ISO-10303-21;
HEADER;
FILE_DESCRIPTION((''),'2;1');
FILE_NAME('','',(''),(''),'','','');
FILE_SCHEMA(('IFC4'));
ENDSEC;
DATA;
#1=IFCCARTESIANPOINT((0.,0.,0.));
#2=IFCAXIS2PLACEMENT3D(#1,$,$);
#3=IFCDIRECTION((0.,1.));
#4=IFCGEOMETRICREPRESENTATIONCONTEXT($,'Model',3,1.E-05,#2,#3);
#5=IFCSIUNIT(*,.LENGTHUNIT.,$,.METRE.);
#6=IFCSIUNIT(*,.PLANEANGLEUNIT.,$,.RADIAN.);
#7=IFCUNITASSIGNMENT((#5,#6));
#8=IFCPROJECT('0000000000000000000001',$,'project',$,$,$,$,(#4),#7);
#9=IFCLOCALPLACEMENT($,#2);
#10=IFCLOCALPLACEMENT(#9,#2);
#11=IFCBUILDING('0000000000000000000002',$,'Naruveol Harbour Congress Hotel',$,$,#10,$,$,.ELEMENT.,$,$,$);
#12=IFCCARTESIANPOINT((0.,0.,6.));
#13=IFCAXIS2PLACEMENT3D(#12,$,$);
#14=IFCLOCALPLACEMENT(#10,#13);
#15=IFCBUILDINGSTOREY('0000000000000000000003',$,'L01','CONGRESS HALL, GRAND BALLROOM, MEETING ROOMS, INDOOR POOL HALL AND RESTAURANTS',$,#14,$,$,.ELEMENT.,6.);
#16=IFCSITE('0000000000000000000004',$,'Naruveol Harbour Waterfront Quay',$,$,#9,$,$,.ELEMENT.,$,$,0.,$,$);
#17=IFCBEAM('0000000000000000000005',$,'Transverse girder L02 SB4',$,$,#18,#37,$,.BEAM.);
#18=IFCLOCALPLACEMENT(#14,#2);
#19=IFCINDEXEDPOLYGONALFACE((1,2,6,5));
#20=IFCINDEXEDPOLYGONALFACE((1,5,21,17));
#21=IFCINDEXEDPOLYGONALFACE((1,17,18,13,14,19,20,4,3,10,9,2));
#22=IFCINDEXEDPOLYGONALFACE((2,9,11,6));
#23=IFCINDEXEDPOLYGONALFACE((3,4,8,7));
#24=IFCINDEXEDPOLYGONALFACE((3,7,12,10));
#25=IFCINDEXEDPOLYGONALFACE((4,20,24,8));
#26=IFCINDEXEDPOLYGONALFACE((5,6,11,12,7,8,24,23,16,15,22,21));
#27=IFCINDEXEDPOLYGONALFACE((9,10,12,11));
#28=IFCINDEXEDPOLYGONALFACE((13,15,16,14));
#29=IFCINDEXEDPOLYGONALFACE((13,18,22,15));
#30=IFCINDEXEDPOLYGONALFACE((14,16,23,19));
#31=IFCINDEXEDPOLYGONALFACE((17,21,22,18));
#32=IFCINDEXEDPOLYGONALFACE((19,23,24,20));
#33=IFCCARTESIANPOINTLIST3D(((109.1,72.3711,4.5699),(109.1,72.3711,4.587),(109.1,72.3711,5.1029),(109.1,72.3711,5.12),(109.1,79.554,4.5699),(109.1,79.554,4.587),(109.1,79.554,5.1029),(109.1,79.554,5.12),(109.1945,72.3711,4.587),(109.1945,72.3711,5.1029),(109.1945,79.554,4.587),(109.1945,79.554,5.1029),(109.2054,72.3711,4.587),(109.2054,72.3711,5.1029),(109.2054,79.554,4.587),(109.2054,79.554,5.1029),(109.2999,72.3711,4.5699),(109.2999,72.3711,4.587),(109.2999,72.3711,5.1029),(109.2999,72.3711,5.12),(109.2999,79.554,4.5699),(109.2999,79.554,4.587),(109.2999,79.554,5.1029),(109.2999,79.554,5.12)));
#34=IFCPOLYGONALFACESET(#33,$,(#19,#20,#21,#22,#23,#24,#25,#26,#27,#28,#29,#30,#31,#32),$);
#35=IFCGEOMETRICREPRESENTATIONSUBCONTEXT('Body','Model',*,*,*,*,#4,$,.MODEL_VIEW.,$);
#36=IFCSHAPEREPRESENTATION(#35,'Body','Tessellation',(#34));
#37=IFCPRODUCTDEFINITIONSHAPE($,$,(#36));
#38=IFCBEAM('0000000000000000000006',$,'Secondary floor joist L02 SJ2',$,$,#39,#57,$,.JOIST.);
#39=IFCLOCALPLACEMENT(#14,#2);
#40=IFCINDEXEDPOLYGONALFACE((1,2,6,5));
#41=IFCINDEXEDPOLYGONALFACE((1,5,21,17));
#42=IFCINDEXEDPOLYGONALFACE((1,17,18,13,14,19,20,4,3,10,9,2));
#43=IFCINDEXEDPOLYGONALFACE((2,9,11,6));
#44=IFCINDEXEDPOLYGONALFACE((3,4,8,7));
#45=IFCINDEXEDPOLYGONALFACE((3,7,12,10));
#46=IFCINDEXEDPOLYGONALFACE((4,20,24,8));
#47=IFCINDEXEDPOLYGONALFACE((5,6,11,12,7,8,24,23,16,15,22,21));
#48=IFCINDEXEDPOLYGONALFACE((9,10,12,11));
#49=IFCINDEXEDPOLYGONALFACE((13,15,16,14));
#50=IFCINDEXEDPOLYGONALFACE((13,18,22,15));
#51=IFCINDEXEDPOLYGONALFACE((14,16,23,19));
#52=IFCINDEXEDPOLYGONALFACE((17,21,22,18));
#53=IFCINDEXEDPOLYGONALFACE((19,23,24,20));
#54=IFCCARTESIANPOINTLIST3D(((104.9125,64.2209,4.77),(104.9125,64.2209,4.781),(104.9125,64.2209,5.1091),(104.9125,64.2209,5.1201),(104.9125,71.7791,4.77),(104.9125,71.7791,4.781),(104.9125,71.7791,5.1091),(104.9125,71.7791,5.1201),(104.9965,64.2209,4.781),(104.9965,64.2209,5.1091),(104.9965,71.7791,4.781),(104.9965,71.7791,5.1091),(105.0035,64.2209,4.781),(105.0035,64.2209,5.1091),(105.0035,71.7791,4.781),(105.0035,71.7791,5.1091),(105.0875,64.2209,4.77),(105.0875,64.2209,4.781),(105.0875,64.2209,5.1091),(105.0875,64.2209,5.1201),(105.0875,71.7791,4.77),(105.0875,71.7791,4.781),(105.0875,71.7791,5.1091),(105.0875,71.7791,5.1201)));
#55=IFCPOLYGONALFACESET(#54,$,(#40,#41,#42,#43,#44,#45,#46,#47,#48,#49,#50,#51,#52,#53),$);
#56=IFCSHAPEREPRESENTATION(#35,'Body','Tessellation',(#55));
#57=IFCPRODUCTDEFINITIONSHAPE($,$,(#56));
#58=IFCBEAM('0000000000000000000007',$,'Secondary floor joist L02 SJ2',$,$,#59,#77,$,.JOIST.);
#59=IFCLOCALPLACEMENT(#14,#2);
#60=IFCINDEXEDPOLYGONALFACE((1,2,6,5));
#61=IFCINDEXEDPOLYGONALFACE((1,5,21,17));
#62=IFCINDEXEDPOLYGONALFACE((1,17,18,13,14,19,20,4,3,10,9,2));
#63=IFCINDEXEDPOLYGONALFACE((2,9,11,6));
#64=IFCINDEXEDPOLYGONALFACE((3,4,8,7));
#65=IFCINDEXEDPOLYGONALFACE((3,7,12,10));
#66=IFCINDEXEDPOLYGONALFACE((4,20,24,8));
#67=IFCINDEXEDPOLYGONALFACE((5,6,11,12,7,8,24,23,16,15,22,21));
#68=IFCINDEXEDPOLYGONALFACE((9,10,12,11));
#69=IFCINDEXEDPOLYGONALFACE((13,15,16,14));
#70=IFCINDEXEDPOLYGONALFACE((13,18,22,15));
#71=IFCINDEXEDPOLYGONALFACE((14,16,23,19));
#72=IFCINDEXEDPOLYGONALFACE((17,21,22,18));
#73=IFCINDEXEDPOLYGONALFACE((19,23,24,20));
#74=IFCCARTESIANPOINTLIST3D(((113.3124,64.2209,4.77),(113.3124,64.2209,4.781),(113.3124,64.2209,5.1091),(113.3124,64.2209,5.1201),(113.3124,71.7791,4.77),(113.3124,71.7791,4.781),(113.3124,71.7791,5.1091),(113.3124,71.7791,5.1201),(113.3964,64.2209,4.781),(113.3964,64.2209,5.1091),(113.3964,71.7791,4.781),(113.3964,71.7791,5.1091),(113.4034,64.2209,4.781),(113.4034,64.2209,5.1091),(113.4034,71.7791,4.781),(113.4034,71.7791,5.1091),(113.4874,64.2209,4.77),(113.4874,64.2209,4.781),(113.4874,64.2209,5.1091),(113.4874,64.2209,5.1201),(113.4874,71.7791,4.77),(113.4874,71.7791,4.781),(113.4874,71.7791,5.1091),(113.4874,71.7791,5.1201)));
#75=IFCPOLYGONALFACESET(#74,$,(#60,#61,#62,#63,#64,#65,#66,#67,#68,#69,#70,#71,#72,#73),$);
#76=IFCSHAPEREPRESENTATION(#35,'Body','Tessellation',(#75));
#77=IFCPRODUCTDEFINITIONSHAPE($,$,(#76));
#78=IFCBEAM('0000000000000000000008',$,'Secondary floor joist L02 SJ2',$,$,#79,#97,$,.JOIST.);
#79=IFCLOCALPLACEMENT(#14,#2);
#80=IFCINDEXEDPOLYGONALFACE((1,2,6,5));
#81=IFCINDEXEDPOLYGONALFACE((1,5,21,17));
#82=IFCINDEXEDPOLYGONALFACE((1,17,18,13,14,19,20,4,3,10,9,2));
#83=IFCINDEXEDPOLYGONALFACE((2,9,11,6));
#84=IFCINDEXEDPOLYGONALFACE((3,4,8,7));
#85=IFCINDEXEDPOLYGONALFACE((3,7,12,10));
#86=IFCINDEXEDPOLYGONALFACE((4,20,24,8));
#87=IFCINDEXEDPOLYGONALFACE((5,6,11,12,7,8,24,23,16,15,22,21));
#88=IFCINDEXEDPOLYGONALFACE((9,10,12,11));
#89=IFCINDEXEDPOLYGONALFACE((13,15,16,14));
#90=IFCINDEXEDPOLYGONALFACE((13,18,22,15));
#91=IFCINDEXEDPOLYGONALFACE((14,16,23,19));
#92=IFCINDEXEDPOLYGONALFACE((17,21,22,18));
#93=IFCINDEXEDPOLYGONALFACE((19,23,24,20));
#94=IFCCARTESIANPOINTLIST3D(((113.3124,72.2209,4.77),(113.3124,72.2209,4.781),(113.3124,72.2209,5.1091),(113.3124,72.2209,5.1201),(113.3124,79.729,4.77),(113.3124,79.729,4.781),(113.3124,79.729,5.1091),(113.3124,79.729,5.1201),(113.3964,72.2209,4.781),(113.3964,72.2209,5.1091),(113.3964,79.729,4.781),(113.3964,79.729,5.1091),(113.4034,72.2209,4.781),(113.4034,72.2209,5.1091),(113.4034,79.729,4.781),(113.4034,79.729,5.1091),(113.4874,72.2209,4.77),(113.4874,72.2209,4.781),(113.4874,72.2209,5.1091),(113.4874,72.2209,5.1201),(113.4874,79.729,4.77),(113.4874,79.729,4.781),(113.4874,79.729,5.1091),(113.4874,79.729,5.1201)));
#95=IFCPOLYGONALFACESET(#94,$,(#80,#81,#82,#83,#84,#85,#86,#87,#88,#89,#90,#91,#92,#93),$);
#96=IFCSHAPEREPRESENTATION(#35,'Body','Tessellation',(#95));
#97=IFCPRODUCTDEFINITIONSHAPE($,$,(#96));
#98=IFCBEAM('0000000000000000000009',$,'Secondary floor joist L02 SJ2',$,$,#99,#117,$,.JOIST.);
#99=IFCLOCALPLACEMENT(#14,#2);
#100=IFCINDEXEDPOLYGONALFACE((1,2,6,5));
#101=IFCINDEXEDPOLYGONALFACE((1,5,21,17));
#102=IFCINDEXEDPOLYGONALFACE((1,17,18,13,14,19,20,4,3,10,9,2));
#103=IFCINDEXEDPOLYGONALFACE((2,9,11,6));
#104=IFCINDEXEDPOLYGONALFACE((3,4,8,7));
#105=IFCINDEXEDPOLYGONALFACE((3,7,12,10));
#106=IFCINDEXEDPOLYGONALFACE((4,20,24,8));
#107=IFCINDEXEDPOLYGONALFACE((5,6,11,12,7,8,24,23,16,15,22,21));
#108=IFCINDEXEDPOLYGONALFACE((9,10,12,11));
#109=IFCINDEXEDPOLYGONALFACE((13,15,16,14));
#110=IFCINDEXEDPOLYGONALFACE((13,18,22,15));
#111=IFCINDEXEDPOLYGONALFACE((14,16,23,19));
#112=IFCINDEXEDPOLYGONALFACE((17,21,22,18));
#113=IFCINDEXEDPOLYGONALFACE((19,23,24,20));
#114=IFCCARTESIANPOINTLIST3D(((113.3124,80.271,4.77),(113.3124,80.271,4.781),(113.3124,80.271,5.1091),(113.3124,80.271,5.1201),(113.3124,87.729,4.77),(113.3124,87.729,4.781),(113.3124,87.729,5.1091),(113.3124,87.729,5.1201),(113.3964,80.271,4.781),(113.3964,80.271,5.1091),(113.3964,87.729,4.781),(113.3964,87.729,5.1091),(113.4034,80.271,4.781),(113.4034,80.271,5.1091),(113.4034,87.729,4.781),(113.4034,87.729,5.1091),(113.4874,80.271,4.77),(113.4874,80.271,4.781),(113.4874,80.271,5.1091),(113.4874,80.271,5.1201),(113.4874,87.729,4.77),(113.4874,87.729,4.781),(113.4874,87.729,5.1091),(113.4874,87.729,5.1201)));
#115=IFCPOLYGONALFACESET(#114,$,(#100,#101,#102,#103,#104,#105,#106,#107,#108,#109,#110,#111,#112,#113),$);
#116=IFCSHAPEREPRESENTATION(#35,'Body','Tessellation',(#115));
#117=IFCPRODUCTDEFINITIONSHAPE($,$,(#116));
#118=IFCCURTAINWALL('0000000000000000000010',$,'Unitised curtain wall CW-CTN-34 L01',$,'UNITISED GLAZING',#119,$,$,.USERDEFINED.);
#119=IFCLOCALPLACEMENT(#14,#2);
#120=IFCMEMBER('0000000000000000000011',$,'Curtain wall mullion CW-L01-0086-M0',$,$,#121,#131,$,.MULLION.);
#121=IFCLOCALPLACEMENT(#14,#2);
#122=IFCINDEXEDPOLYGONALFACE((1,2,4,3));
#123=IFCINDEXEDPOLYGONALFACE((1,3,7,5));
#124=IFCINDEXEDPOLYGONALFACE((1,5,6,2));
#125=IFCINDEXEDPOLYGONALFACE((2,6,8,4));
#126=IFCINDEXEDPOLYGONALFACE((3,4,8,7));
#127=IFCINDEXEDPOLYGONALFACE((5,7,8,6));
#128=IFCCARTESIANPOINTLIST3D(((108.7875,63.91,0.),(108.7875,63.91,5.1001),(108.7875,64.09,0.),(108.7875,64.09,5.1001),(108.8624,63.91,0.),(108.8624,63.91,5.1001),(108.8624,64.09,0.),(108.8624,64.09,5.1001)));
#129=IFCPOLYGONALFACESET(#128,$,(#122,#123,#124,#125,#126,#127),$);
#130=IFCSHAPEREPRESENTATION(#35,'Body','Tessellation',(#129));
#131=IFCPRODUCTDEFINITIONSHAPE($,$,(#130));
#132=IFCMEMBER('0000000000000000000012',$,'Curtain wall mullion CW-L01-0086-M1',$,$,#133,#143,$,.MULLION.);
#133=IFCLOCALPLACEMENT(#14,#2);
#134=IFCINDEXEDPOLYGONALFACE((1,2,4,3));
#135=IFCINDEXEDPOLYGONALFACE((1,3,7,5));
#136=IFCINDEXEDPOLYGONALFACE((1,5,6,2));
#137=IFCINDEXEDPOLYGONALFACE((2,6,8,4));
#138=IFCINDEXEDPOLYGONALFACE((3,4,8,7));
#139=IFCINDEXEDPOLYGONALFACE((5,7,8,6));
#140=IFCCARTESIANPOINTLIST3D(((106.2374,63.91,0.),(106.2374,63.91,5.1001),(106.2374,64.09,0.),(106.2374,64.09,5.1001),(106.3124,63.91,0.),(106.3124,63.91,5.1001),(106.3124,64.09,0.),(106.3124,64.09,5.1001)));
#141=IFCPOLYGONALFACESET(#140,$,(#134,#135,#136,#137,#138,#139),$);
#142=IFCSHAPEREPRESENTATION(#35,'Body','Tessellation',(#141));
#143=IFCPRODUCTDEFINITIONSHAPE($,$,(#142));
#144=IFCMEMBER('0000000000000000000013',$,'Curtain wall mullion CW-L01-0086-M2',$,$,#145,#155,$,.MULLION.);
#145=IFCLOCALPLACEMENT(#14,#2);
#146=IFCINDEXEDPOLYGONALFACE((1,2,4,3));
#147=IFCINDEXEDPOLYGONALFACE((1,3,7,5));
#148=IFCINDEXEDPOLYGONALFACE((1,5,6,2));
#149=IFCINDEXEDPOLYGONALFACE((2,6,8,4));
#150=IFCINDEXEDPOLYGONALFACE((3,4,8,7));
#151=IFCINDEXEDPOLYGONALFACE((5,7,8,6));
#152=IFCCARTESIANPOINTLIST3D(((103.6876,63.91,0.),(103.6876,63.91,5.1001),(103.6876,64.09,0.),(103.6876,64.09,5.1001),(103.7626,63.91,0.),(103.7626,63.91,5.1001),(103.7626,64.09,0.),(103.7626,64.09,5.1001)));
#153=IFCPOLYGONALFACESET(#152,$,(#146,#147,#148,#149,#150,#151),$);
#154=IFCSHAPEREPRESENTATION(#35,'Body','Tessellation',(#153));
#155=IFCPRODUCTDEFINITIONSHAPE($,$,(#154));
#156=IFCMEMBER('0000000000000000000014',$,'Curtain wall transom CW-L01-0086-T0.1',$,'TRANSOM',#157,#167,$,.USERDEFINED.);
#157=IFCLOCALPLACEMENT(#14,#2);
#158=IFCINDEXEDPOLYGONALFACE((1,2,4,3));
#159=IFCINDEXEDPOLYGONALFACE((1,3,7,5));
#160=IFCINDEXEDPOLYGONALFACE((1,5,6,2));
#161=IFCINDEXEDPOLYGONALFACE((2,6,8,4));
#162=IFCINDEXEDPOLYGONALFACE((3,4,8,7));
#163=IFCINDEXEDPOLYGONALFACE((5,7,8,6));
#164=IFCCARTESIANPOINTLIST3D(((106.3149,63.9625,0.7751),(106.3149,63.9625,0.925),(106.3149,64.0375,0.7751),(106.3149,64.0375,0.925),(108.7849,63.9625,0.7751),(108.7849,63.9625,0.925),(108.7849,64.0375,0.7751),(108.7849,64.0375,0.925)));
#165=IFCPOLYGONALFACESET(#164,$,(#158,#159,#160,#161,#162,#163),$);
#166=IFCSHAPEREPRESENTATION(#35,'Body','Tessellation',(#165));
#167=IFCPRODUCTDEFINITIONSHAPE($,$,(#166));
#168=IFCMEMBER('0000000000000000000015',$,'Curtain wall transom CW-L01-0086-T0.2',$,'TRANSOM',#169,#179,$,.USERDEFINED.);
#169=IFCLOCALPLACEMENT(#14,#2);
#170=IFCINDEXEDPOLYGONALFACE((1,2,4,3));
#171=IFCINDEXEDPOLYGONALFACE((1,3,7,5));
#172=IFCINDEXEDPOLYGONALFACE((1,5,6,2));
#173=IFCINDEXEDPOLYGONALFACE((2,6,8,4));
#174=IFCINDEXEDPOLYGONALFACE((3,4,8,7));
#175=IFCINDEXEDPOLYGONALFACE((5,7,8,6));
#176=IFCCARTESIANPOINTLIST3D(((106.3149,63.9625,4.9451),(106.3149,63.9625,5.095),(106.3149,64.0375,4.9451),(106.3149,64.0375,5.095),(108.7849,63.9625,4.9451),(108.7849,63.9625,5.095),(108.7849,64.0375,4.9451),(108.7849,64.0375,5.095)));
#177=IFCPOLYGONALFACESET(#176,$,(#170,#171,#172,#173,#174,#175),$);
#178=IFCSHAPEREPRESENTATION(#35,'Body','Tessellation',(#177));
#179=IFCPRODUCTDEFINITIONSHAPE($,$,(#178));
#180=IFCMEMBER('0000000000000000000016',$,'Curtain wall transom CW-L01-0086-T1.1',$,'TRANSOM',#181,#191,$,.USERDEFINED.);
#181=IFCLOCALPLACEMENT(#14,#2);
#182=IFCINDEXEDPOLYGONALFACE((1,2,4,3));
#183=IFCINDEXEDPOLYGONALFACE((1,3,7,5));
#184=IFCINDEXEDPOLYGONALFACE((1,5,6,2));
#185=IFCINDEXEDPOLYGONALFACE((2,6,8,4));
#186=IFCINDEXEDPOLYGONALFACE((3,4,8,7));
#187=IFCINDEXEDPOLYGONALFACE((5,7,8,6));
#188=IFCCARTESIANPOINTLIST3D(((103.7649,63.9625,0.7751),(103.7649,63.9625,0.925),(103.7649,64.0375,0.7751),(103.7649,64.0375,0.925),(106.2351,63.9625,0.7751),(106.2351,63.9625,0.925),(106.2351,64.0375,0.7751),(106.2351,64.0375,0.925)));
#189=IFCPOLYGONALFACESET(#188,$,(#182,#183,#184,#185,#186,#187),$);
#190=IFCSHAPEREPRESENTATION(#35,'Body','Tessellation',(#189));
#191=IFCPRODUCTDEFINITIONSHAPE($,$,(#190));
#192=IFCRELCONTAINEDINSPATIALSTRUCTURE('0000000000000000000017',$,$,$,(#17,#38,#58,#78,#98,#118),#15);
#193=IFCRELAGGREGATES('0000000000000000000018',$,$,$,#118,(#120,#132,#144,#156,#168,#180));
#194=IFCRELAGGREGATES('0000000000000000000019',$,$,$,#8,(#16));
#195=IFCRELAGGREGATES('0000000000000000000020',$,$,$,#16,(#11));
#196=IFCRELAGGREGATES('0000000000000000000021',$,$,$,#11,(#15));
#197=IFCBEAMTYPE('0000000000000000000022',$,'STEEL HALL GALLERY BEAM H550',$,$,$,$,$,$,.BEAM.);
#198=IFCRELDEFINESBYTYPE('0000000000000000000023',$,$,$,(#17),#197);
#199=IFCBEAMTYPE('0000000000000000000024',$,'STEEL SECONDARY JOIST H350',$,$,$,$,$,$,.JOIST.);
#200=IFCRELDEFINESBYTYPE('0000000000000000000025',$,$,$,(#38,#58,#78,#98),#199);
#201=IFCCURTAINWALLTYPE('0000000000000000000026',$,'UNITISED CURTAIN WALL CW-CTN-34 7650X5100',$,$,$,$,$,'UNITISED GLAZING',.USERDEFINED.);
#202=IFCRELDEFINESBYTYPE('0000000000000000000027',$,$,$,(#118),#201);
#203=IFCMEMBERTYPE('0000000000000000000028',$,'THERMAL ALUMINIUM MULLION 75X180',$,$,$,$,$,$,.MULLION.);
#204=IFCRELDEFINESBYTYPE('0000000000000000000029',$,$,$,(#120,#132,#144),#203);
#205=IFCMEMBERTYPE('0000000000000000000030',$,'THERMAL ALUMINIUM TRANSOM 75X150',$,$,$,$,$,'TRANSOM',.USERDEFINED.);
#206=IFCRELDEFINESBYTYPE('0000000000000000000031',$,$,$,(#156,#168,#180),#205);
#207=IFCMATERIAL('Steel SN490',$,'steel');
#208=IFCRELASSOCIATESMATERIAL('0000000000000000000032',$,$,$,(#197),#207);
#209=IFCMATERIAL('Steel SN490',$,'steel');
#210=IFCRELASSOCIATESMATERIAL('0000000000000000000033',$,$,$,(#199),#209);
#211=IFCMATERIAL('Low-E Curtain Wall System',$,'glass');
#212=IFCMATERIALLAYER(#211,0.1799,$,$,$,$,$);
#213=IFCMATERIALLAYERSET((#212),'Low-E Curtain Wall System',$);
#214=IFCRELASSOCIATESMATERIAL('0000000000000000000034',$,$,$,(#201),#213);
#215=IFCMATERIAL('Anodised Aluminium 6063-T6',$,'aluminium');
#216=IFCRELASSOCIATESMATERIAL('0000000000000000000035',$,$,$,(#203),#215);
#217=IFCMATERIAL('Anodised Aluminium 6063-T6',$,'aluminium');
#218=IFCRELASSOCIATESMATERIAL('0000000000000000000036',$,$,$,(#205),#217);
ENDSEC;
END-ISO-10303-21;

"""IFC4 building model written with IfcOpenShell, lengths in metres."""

from ifc_helpers import new_model, si_unit, direction, frame, origin, origin_2d, place, context, subcontext, project, spatial, rectangle, i_section, extrude, material, layer, layer_set, material_profile, profile_set, type_object, element, aggregate, save


model = new_model("IFC4")

# Units and contexts
model_context = context("Model", 3, precision=1e-05, world=origin(), true_north=direction((0.0, 1.0)))
body_context = subcontext(model_context, "Body", "Model", "MODEL_VIEW")
ifc_project = project(units=[si_unit("LENGTHUNIT", "METRE"), si_unit("PLANEANGLEUNIT", "RADIAN")], contexts=[model_context])

# Site, building, storey
site_placement = place(None, origin())
site = spatial("IfcSite", under=ifc_project, at=site_placement, Name="Naruveol Harbour Waterfront Quay", CompositionType="ELEMENT", RefElevation=0.0)
building_placement = place(site_placement, origin())
building = spatial("IfcBuilding", under=site, at=building_placement, Name="Naruveol Harbour Congress Hotel", CompositionType="ELEMENT")
storey_placement = place(building_placement, frame((0.0, 0.0, 6.0)))
storey = spatial("IfcBuildingStorey", under=building, at=storey_placement, Name="L01", Description="CONGRESS HALL, GRAND BALLROOM, MEETING ROOMS, INDOOR POOL HALL AND RESTAURANTS", CompositionType="ELEMENT", Elevation=6.0)

# Beams
ifc_material_1 = material(Name="Steel SN490", Category="steel")
ifc_material_profile_1 = material_profile(ifc_material_1, i_section(OverallWidth=0.2, OverallDepth=0.55, WebThickness=0.011, FlangeThickness=0.0171, at=origin_2d()), Name="H-550x200x11x17")
ifc_profile_set_1 = profile_set([ifc_material_profile_1], Name="Steel SN490")
beam_type_1 = type_object("IfcBeamType", Name="STEEL HALL GALLERY BEAM H550", PredefinedType="BEAM", material=ifc_profile_set_1)
beam_1_placement = place(storey_placement, frame((109.2, 72.3711, 4.845), z_axis=(0.0, 1.0, 0.0), x_axis=(-1.0, 0.0, 0.0)))
element("IfcBeam", 1, at=beam_1_placement, inside=storey, type_object=beam_type_1, Name="Transverse girder L02 SB4", PredefinedType="BEAM", context=body_context, shape_type="SweptSolid", body=[
    extrude(i_section(OverallWidth=0.2, OverallDepth=0.55, WebThickness=0.011, FlangeThickness=0.0171, at=origin_2d()), origin(), (0.0, 0.0, 1.0), 7.1829),
])
ifc_material_2 = material(Name="Steel SN490", Category="steel")
ifc_material_profile_2 = material_profile(ifc_material_2, i_section(OverallWidth=0.175, OverallDepth=0.3501, WebThickness=0.0071, FlangeThickness=0.011, at=origin_2d()), Name="H-350x175x7x11")
ifc_profile_set_2 = profile_set([ifc_material_profile_2], Name="Steel SN490")
beam_type_2 = type_object("IfcBeamType", Name="STEEL SECONDARY JOIST H350", PredefinedType="JOIST", material=ifc_profile_set_2)
for number, where, z_axis, x_axis, name in (
    (2, (105.0, 64.2209, 4.9451), (0.0, 1.0, 0.0), (-1.0, 0.0, 0.0), "Secondary floor joist L02 SJ2"),
    (3, (113.3999, 64.2209, 4.9451), (0.0, 1.0, 0.0), (-1.0, 0.0, 0.0), "Secondary floor joist L02 SJ2"),
):
    element("IfcBeam", number, at=place(storey_placement, frame(where, z_axis=z_axis, x_axis=x_axis)), inside=storey, type_object=beam_type_2, Name=name, PredefinedType="JOIST", context=body_context, shape_type="SweptSolid", body=[
        extrude(i_section(OverallWidth=0.175, OverallDepth=0.3501, WebThickness=0.0071, FlangeThickness=0.011, at=origin_2d()), origin(), (0.0, 0.0, 1.0), 7.5581),
    ])
beam_2_placement = place(storey_placement, frame((113.3999, 72.2209, 4.9451), z_axis=(0.0, 1.0, 0.0), x_axis=(-1.0, 0.0, 0.0)))
element("IfcBeam", 4, at=beam_2_placement, inside=storey, type_object=beam_type_2, Name="Secondary floor joist L02 SJ2", PredefinedType="JOIST", context=body_context, shape_type="SweptSolid", body=[
    extrude(i_section(OverallWidth=0.175, OverallDepth=0.3501, WebThickness=0.0071, FlangeThickness=0.011, at=origin_2d()), origin(), (0.0, 0.0, 1.0), 7.5081),
])
beam_3_placement = place(storey_placement, frame((113.3999, 80.271, 4.9451), z_axis=(0.0, 1.0, 0.0), x_axis=(-1.0, 0.0, 0.0)))
element("IfcBeam", 5, at=beam_3_placement, inside=storey, type_object=beam_type_2, Name="Secondary floor joist L02 SJ2", PredefinedType="JOIST", context=body_context, shape_type="SweptSolid", body=[
    extrude(i_section(OverallWidth=0.175, OverallDepth=0.3501, WebThickness=0.0071, FlangeThickness=0.011, at=origin_2d()), origin(), (0.0, 0.0, 1.0), 7.458),
])

# Curtain wall, members
ifc_material_3 = material(Name="Low-E Curtain Wall System", Category="glass")
ifc_layer_1 = layer(ifc_material_3, 0.1799)
ifc_layer_set_1 = layer_set([ifc_layer_1], Name="Low-E Curtain Wall System")
curtain_wall_type = type_object("IfcCurtainWallType", Name="UNITISED CURTAIN WALL CW-CTN-34 7650X5100", ElementType="UNITISED GLAZING", PredefinedType="USERDEFINED", material=ifc_layer_set_1)
curtain_wall_placement = place(storey_placement, origin())
curtain_wall = element("IfcCurtainWall", 6, at=curtain_wall_placement, inside=storey, type_object=curtain_wall_type, Name="Unitised curtain wall CW-CTN-34 L01", ObjectType="UNITISED GLAZING", PredefinedType="USERDEFINED")
ifc_material_4 = material(Name="Anodised Aluminium 6063-T6", Category="aluminium")
ifc_material_profile_3 = material_profile(ifc_material_4, rectangle(XDim=0.075, YDim=0.1799, at=origin_2d()), Name="ALU-75x180")
ifc_profile_set_3 = profile_set([ifc_material_profile_3], Name="Anodised Aluminium 6063-T6")
member_type_1 = type_object("IfcMemberType", Name="THERMAL ALUMINIUM MULLION 75X180", PredefinedType="MULLION", material=ifc_profile_set_3)
member_1_placement = place(storey_placement, frame((108.825, 64.0, 0.0), z_axis=(0.0, 0.0, 1.0), x_axis=(1.0, 0.0, 0.0)))
member_1 = element("IfcMember", 7, at=member_1_placement, type_object=member_type_1, Name="Curtain wall mullion CW-L01-0086-M0", PredefinedType="MULLION", context=body_context, shape_type="SweptSolid", body=[
    extrude(rectangle(XDim=0.075, YDim=0.1799, at=origin_2d()), origin(), (0.0, 0.0, 1.0), 5.1001),
])
member_2_placement = place(storey_placement, frame((106.2749, 64.0, 0.0), z_axis=(0.0, 0.0, 1.0), x_axis=(1.0, 0.0, 0.0)))
member_2 = element("IfcMember", 8, at=member_2_placement, type_object=member_type_1, Name="Curtain wall mullion CW-L01-0086-M1", PredefinedType="MULLION", context=body_context, shape_type="SweptSolid", body=[
    extrude(rectangle(XDim=0.075, YDim=0.1799, at=origin_2d()), origin(), (0.0, 0.0, 1.0), 5.1001),
])
member_3_placement = place(storey_placement, frame((103.7251, 64.0, 0.0), z_axis=(0.0, 0.0, 1.0), x_axis=(1.0, 0.0, 0.0)))
member_3 = element("IfcMember", 9, at=member_3_placement, type_object=member_type_1, Name="Curtain wall mullion CW-L01-0086-M2", PredefinedType="MULLION", context=body_context, shape_type="SweptSolid", body=[
    extrude(rectangle(XDim=0.075, YDim=0.1799, at=origin_2d()), origin(), (0.0, 0.0, 1.0), 5.1001),
])
ifc_material_5 = material(Name="Anodised Aluminium 6063-T6", Category="aluminium")
ifc_material_profile_4 = material_profile(ifc_material_5, rectangle(XDim=0.075, YDim=0.1499, at=origin_2d()), Name="ALU-75x150")
ifc_profile_set_4 = profile_set([ifc_material_profile_4], Name="Anodised Aluminium 6063-T6")
member_type_2 = type_object("IfcMemberType", Name="THERMAL ALUMINIUM TRANSOM 75X150", ElementType="TRANSOM", PredefinedType="USERDEFINED", material=ifc_profile_set_4)
member_4_placement = place(storey_placement, frame((108.7849, 64.0, 0.8501), z_axis=(-1.0, 0.0, 0.0), x_axis=(0.0, -1.0, 0.0)))
member_4 = element("IfcMember", 10, at=member_4_placement, type_object=member_type_2, Name="Curtain wall transom CW-L01-0086-T0.1", ObjectType="TRANSOM", PredefinedType="USERDEFINED", context=body_context, shape_type="SweptSolid", body=[
    extrude(rectangle(XDim=0.075, YDim=0.1499, at=origin_2d()), origin(), (0.0, 0.0, 1.0), 2.47),
])
member_5_placement = place(storey_placement, frame((108.7849, 64.0, 5.02), z_axis=(-1.0, 0.0, 0.0), x_axis=(0.0, -1.0, 0.0)))
member_5 = element("IfcMember", 11, at=member_5_placement, type_object=member_type_2, Name="Curtain wall transom CW-L01-0086-T0.2", ObjectType="TRANSOM", PredefinedType="USERDEFINED", context=body_context, shape_type="SweptSolid", body=[
    extrude(rectangle(XDim=0.075, YDim=0.1499, at=origin_2d()), origin(), (0.0, 0.0, 1.0), 2.47),
])
member_6_placement = place(storey_placement, frame((106.2351, 64.0, 0.8501), z_axis=(-1.0, 0.0, 0.0), x_axis=(0.0, -1.0, 0.0)))
member_6 = element("IfcMember", 12, at=member_6_placement, type_object=member_type_2, Name="Curtain wall transom CW-L01-0086-T1.1", ObjectType="TRANSOM", PredefinedType="USERDEFINED", context=body_context, shape_type="SweptSolid", body=[
    extrude(rectangle(XDim=0.075, YDim=0.1499, at=origin_2d()), origin(), (0.0, 0.0, 1.0), 2.4702),
])
aggregate(curtain_wall, [member_1, member_2, member_3, member_4, member_5, member_6])

save(model, "model.ifc")
